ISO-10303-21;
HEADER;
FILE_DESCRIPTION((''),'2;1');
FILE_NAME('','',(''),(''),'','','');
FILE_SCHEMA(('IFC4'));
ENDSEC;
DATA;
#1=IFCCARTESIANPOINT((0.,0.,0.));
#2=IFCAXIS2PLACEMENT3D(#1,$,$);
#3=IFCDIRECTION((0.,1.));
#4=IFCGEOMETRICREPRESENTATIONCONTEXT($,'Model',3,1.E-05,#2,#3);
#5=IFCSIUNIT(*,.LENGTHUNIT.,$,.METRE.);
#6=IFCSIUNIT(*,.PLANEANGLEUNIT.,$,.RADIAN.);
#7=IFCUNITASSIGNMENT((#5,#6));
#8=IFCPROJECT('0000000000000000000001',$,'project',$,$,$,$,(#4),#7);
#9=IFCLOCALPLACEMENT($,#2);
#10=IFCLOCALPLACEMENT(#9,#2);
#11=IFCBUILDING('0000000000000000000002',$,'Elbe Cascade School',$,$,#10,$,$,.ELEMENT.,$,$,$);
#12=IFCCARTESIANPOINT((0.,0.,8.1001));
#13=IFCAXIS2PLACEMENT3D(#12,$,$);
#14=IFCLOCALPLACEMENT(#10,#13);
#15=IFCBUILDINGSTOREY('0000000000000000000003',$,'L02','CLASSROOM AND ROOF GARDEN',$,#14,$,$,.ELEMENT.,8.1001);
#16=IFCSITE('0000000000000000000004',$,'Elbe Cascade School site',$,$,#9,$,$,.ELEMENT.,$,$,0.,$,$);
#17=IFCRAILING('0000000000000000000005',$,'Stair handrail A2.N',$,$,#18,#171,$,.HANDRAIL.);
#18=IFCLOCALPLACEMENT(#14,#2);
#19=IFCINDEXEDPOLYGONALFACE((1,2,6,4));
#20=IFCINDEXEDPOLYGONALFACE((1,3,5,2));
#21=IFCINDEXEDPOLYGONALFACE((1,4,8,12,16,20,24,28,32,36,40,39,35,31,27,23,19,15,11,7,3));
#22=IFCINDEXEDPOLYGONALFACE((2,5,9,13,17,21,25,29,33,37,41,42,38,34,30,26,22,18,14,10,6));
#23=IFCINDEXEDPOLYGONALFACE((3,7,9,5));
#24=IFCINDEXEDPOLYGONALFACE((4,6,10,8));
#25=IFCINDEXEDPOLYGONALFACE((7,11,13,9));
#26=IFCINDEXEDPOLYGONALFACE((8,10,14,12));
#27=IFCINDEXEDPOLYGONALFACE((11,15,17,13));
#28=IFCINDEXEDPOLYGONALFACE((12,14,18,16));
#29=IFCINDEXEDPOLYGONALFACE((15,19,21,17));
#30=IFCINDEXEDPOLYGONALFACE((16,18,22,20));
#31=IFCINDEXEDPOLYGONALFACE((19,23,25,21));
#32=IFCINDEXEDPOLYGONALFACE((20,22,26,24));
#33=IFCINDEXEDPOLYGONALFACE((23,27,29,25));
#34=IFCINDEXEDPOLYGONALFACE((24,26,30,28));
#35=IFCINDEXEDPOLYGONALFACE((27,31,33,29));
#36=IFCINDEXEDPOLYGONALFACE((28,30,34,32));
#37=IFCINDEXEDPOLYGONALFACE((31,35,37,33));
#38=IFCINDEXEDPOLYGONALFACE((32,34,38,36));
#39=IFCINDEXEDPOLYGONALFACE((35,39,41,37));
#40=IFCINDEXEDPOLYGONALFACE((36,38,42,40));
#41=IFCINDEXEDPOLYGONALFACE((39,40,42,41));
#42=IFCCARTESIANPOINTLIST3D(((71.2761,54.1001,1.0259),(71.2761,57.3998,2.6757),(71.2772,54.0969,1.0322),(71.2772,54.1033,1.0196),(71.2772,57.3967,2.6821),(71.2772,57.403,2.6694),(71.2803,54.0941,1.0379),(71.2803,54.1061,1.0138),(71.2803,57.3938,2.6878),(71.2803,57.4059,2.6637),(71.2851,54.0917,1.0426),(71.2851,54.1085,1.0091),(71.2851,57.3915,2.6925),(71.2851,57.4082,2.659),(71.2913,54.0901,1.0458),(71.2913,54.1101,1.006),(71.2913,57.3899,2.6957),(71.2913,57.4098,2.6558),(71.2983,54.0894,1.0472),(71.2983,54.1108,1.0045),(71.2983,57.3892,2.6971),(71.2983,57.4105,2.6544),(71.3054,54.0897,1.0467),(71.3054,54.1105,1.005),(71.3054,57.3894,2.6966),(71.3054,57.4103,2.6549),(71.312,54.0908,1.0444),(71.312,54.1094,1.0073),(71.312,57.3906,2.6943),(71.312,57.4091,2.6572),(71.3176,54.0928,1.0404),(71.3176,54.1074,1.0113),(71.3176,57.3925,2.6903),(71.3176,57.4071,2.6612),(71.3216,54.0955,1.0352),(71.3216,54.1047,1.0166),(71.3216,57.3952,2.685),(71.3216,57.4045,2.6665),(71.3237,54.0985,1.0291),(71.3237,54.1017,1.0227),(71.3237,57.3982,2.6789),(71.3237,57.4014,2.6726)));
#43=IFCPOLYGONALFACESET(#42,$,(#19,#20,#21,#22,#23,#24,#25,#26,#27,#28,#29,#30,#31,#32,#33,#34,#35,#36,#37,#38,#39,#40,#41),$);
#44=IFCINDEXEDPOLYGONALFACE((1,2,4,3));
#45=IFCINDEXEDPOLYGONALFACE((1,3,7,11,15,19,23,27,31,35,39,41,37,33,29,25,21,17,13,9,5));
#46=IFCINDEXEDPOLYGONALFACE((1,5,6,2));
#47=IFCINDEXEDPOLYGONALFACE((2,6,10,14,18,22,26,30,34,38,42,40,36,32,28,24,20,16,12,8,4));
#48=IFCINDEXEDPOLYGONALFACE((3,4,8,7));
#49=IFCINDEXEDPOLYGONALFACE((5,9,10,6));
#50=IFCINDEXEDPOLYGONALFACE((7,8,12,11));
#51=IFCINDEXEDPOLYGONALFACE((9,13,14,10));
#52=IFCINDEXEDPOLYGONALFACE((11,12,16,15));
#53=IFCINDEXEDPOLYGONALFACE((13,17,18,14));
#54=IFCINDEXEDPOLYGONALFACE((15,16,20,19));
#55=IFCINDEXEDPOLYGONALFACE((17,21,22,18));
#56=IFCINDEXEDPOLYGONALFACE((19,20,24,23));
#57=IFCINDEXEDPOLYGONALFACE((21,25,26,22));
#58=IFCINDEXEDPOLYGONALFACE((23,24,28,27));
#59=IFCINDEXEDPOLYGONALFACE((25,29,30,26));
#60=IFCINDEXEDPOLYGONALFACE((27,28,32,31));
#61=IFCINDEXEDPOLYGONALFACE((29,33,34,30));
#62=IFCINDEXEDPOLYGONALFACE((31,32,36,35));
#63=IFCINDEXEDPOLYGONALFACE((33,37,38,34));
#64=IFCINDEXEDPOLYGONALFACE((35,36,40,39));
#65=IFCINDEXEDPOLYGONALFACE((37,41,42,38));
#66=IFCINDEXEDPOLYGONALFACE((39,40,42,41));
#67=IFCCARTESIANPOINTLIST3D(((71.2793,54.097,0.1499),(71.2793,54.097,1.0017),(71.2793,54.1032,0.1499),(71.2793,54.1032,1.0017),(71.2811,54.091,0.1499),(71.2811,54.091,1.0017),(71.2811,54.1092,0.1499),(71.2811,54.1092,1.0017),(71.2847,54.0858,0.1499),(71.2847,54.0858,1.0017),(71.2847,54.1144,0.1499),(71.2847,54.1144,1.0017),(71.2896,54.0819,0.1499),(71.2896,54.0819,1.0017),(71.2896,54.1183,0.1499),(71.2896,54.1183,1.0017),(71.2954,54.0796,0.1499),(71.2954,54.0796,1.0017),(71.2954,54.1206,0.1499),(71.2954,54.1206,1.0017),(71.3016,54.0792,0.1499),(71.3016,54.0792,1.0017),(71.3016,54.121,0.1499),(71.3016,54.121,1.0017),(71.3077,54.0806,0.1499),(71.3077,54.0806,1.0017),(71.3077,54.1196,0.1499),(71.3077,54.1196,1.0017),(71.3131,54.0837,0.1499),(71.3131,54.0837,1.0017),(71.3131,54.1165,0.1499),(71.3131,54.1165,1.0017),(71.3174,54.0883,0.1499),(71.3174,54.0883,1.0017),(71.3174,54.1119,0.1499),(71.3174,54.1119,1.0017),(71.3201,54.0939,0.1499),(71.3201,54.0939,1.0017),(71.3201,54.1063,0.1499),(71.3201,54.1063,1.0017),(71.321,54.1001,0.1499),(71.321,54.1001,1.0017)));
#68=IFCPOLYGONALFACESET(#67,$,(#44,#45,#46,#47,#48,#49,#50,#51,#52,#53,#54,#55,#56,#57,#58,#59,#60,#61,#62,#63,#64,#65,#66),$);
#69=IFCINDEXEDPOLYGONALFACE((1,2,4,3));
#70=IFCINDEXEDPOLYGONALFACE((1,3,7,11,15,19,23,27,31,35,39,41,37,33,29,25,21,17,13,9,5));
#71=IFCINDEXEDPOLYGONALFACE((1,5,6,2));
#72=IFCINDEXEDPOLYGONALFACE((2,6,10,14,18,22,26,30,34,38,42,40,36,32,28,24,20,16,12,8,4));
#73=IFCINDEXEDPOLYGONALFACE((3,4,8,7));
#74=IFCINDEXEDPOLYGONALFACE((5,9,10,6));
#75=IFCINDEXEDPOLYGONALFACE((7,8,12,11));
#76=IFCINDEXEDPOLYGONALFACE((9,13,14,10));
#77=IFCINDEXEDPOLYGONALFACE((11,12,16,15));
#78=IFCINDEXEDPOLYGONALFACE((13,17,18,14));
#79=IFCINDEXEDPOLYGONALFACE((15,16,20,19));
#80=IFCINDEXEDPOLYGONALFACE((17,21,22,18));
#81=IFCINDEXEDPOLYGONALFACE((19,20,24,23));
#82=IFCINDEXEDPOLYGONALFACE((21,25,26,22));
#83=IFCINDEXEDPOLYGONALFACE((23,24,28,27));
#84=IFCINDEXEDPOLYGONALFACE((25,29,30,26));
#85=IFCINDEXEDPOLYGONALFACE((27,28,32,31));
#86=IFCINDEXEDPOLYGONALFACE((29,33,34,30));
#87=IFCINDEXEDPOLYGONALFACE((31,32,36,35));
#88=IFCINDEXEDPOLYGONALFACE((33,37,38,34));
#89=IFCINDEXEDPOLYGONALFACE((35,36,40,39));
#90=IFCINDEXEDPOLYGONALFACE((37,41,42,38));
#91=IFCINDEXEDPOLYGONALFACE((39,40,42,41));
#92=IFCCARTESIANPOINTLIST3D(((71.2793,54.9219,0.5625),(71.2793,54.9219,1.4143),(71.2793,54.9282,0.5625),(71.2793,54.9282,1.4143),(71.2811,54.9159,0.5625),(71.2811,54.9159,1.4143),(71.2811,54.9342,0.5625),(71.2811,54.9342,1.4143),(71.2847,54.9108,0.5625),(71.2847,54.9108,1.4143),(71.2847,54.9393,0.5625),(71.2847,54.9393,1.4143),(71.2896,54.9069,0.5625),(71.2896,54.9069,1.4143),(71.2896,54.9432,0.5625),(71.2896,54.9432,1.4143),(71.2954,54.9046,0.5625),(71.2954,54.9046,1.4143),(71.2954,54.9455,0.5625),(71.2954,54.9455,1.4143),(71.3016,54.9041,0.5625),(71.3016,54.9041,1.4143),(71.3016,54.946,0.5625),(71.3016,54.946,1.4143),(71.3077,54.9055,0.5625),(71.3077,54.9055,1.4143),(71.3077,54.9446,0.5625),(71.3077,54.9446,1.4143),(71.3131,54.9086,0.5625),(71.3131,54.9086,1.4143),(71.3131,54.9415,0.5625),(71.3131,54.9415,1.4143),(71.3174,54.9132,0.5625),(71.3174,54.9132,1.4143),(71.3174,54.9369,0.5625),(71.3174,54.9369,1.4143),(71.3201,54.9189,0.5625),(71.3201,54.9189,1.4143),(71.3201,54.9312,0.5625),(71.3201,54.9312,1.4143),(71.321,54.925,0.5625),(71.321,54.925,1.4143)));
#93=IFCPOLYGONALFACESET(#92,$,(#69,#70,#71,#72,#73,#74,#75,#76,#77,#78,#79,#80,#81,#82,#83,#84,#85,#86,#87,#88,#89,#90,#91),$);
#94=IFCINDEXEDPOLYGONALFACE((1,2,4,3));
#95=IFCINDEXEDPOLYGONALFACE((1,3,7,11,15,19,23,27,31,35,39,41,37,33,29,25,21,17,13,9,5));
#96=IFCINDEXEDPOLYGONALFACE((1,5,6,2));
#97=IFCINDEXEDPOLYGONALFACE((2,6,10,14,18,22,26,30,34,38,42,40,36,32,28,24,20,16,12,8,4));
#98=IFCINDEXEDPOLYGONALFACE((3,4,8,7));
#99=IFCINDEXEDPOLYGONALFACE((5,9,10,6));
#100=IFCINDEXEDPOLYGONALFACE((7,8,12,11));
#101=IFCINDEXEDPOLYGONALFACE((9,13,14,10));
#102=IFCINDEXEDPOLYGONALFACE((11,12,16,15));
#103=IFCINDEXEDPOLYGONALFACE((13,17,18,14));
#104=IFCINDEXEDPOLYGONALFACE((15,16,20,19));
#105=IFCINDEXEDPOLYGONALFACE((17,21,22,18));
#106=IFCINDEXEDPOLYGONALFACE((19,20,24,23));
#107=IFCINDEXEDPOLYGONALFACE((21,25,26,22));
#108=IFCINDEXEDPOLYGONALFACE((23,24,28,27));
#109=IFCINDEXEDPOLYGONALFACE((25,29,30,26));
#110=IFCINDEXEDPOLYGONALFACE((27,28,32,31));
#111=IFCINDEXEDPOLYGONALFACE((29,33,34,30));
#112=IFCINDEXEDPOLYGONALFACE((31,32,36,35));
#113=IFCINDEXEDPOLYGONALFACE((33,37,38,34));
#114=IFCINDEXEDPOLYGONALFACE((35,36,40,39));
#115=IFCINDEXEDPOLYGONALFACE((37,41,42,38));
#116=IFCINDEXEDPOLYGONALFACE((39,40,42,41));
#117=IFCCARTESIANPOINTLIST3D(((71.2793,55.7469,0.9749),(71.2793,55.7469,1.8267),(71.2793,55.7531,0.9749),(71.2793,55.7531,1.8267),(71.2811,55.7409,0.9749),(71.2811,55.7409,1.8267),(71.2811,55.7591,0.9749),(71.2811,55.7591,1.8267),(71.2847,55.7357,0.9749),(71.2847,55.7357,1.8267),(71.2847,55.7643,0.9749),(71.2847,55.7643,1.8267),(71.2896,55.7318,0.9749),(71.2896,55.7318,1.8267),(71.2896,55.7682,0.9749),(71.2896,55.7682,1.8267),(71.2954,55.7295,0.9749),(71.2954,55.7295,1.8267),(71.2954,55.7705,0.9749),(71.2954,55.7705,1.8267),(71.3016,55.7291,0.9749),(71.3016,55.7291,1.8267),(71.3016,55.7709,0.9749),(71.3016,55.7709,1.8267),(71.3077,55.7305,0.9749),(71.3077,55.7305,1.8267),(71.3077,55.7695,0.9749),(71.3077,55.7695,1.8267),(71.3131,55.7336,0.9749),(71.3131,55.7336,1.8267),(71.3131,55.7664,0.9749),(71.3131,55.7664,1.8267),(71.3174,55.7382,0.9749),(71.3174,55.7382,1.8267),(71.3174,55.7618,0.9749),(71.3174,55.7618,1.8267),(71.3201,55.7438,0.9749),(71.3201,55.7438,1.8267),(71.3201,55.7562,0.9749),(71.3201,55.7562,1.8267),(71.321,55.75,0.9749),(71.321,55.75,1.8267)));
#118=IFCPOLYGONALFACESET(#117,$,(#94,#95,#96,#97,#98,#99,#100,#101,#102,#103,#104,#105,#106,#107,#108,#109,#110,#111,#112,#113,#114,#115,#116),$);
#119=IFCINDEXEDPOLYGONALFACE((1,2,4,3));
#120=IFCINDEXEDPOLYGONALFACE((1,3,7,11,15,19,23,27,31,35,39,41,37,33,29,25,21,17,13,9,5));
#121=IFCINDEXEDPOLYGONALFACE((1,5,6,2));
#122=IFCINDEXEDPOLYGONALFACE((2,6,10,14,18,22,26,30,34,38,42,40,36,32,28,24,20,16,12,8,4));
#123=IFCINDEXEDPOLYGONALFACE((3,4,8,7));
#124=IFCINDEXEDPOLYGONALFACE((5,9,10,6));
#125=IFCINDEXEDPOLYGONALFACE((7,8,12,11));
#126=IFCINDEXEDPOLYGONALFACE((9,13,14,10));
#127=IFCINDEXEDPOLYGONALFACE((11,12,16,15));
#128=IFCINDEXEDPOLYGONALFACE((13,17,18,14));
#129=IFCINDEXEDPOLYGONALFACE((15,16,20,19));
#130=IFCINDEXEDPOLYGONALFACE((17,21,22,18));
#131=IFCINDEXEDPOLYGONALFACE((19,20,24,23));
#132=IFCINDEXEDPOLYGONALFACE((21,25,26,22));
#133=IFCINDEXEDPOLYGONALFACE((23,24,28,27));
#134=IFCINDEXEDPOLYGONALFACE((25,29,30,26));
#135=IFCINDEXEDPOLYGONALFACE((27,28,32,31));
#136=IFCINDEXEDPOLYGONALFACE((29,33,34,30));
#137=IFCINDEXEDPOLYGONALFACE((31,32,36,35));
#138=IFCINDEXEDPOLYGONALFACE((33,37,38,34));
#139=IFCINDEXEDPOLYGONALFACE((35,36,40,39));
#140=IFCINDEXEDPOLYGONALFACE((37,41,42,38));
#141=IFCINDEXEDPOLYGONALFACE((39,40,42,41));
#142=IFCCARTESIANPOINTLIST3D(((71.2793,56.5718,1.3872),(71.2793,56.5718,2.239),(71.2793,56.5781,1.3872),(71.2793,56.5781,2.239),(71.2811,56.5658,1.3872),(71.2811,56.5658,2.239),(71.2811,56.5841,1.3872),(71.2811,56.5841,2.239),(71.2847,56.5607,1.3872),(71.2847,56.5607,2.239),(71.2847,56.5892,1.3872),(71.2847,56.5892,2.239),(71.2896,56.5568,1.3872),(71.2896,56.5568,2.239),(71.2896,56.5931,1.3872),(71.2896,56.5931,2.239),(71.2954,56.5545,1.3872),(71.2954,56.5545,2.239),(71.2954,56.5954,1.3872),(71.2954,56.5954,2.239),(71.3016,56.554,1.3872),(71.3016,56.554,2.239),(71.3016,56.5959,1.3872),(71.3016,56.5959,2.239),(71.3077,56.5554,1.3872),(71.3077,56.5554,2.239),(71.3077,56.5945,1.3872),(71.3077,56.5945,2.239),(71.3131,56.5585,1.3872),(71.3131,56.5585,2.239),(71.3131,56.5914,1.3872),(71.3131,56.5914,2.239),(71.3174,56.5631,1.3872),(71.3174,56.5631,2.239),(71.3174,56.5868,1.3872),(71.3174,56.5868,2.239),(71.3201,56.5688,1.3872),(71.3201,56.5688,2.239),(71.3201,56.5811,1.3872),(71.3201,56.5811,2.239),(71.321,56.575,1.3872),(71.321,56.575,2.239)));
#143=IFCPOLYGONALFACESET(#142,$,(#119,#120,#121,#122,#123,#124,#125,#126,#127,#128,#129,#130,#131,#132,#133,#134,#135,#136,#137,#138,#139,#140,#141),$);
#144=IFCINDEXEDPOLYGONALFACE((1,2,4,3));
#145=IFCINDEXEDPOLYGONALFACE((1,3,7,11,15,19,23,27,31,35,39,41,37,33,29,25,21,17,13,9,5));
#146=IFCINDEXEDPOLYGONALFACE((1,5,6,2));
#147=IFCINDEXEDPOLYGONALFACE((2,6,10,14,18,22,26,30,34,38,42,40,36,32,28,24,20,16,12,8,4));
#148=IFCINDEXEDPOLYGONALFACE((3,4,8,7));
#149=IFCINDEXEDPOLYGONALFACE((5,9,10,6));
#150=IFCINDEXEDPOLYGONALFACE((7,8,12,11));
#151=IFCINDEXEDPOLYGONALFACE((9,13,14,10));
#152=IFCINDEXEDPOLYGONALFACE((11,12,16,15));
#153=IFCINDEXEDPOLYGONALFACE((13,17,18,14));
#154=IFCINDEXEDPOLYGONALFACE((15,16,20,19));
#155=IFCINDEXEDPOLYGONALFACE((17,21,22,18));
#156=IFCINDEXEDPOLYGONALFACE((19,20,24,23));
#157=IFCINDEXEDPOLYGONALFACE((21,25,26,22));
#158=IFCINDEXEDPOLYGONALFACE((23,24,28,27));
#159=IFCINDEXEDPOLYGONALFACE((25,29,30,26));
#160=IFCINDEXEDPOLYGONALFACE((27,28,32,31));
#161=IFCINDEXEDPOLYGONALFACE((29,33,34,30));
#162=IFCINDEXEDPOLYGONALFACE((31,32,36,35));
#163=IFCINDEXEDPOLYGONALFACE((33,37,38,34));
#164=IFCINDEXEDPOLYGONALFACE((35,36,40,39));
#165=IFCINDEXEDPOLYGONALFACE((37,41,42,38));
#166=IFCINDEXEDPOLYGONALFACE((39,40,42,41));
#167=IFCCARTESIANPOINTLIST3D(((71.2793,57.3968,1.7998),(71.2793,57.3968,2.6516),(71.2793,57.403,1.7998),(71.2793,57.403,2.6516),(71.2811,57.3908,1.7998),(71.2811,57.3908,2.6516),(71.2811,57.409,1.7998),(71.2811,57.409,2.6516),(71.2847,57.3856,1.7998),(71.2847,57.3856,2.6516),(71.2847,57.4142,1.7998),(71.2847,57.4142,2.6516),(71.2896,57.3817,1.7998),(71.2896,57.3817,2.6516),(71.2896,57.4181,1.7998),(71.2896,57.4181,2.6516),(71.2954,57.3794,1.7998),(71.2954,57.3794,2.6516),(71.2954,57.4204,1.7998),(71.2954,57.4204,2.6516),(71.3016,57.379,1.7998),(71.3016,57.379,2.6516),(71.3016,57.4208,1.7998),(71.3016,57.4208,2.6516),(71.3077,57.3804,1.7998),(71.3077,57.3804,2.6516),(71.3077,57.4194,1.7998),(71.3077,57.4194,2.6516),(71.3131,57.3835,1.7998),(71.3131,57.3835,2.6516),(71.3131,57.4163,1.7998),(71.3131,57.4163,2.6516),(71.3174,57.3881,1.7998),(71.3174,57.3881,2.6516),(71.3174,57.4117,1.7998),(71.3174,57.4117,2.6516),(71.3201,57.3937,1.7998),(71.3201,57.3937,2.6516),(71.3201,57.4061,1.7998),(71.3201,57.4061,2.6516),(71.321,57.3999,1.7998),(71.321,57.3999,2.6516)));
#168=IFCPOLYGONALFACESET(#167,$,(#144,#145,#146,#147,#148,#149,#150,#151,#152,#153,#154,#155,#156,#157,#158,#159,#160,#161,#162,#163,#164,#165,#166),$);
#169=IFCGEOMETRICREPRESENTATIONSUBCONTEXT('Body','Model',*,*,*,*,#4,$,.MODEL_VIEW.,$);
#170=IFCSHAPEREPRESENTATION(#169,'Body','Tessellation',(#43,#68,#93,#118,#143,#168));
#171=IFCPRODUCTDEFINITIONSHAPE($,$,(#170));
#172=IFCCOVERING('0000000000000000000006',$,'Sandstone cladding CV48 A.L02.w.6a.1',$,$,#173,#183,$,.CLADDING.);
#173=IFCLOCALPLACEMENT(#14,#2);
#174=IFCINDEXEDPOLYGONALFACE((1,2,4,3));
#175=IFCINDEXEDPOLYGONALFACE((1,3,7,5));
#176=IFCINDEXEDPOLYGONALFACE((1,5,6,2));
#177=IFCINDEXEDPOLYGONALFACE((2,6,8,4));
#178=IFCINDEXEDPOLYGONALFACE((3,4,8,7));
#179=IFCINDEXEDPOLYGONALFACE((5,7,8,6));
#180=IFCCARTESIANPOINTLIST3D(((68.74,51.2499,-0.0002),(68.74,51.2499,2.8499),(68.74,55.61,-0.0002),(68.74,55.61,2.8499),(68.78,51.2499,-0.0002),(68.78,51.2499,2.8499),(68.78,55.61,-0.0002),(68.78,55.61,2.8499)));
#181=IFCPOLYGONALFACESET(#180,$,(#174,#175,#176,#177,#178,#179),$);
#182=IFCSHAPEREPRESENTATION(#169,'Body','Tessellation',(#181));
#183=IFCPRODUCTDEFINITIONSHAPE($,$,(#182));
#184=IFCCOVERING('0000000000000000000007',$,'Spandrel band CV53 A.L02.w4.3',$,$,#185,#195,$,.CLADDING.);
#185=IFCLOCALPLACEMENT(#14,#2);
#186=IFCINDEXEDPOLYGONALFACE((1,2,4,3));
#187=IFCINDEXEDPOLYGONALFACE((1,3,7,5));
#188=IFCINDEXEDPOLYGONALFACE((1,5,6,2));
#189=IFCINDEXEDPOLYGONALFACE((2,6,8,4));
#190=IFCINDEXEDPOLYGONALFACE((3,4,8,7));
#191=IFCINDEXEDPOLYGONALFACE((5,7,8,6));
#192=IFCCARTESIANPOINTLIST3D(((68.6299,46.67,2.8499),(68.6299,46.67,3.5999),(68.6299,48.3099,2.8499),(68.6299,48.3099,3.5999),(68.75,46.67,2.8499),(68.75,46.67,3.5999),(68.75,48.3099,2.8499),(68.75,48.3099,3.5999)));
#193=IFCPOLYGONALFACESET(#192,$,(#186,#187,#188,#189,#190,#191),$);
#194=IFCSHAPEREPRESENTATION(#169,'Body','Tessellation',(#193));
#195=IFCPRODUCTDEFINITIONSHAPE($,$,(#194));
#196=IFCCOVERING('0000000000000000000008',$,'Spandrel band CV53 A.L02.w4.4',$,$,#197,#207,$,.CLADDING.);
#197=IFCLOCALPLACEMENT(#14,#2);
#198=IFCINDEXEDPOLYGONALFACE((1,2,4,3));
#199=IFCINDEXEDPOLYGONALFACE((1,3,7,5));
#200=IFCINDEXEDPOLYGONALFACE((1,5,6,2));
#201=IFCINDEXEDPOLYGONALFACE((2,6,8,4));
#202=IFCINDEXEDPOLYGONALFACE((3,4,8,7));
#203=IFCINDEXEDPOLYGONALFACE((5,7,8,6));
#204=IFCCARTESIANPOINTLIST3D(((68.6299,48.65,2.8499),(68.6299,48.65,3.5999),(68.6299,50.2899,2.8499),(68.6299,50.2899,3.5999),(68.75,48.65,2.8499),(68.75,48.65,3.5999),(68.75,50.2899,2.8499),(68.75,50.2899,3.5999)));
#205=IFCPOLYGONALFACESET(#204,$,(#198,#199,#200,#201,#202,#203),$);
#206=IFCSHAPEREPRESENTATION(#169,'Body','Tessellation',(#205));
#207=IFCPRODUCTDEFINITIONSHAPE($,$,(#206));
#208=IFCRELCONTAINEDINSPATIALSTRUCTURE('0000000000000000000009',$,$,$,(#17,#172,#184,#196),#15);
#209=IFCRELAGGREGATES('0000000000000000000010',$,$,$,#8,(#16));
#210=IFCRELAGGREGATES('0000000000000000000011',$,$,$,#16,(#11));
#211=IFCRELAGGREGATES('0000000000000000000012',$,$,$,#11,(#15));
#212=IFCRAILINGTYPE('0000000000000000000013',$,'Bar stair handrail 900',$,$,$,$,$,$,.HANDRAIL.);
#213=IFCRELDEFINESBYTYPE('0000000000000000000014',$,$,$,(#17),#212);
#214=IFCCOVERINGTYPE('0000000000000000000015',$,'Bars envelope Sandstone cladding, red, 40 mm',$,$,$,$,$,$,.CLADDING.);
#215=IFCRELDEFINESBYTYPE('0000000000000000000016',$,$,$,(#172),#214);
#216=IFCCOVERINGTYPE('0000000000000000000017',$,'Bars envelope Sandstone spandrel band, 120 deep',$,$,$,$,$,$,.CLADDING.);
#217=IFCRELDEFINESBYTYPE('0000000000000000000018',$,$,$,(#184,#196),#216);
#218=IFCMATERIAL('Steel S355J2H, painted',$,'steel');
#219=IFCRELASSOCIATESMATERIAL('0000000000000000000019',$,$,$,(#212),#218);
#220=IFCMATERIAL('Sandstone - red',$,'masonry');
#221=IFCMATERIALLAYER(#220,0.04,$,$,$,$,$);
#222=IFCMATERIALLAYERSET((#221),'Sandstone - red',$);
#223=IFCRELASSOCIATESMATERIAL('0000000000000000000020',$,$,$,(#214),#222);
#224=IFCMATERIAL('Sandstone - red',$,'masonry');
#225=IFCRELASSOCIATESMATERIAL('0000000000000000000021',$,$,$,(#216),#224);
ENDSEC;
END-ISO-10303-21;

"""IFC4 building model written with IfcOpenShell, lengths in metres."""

from ifc_helpers import new_model, si_unit, direction, frame, origin, origin_2d, place, context, subcontext, project, spatial, rectangle, circle, extrude, material, layer, layer_set, type_object, element, save


model = new_model("IFC4")

# Units and contexts
model_context = context("Model", 3, precision=1e-05, world=origin(), true_north=direction((0.0, 1.0)))
body_context = subcontext(model_context, "Body", "Model", "MODEL_VIEW")
ifc_project = project(units=[si_unit("LENGTHUNIT", "METRE"), si_unit("PLANEANGLEUNIT", "RADIAN")], contexts=[model_context])

# Site, building, storey
site_placement = place(None, origin())
site = spatial("IfcSite", under=ifc_project, at=site_placement, Name="Elbe Cascade School site", CompositionType="ELEMENT", RefElevation=0.0)
building_placement = place(site_placement, origin())
building = spatial("IfcBuilding", under=site, at=building_placement, Name="Elbe Cascade School", CompositionType="ELEMENT")
storey_placement = place(building_placement, frame((0.0, 0.0, 8.1001)))
storey = spatial("IfcBuildingStorey", under=building, at=storey_placement, Name="L02", Description="CLASSROOM AND ROOF GARDEN", CompositionType="ELEMENT", Elevation=8.1001)

# Railing
ifc_material_1 = material(Name="Steel S355J2H, painted", Category="steel")
railing_type_1 = type_object("IfcRailingType", Name="Bar stair handrail 900", PredefinedType="HANDRAIL", material=ifc_material_1)
railing_1_placement = place(storey_placement, frame((71.3, 54.1001, 0.1499)))
element("IfcRailing", 1, at=railing_1_placement, inside=storey, type_object=railing_type_1, Name="Stair handrail A2.N", PredefinedType="HANDRAIL", context=body_context, shape_type="SweptSolid", body=[
    extrude(circle(Radius=0.0239, at=origin_2d()), frame((0.0, 0.0, 0.876), z_axis=(0.0, 0.894427, 0.447214), x_axis=(-1.0, 0.0, 0.0)), (0.0, 0.0, 1.0), 3.6892),
    extrude(circle(Radius=0.021, at=origin_2d()), origin(), (0.0, 0.0, 1.0), 0.8518),
    extrude(circle(Radius=0.021, at=origin_2d()), frame((0.0, 0.825, 0.4126)), (0.0, 0.0, 1.0), 0.8518),
    extrude(circle(Radius=0.021, at=origin_2d()), frame((0.0, 1.6499, 0.825)), (0.0, 0.0, 1.0), 0.8518),
    extrude(circle(Radius=0.021, at=origin_2d()), frame((0.0, 2.4749, 1.2373)), (0.0, 0.0, 1.0), 0.8518),
    extrude(circle(Radius=0.021, at=origin_2d()), frame((0.0, 3.2998, 1.6499)), (0.0, 0.0, 1.0), 0.8518),
])

# Coverings
ifc_material_2 = material(Name="Sandstone - red", Category="masonry")
ifc_layer_1 = layer(ifc_material_2, 0.04)
ifc_layer_set_1 = layer_set([ifc_layer_1], Name="Sandstone - red")
covering_type_1 = type_object("IfcCoveringType", Name="Bars envelope Sandstone cladding, red, 40 mm", PredefinedType="CLADDING", material=ifc_layer_set_1)
covering_placement = place(storey_placement, frame((68.76, 53.4299, -0.0002), z_axis=(0.0, 0.0, 1.0), x_axis=(0.0, 1.0, 0.0)))
element("IfcCovering", 2, at=covering_placement, inside=storey, type_object=covering_type_1, Name="Sandstone cladding CV48 A.L02.w.6a.1", PredefinedType="CLADDING", context=body_context, shape_type="SweptSolid", body=[
    extrude(rectangle(XDim=4.3601, YDim=0.04, at=origin_2d()), origin(), (0.0, 0.0, 1.0), 2.8501),
])
ifc_material_3 = material(Name="Sandstone - red", Category="masonry")
covering_type_2 = type_object("IfcCoveringType", Name="Bars envelope Sandstone spandrel band, 120 deep", PredefinedType="CLADDING", material=ifc_material_3)
for number, where, z_axis, x_axis, name in (
    (3, (68.6899, 47.49, 2.8499), (0.0, 0.0, 1.0), (0.0, 1.0, 0.0), "Spandrel band CV53 A.L02.w4.3"),
    (4, (68.6899, 49.47, 2.8499), (0.0, 0.0, 1.0), (0.0, 1.0, 0.0), "Spandrel band CV53 A.L02.w4.4"),
):
    element("IfcCovering", number, at=place(storey_placement, frame(where, z_axis=z_axis, x_axis=x_axis)), inside=storey, type_object=covering_type_2, Name=name, PredefinedType="CLADDING", context=body_context, shape_type="SweptSolid", body=[
        extrude(rectangle(XDim=1.6399, YDim=0.1201, at=origin_2d()), origin(), (0.0, 0.0, 1.0), 0.75),
    ])

save(model, "model.ifc")
